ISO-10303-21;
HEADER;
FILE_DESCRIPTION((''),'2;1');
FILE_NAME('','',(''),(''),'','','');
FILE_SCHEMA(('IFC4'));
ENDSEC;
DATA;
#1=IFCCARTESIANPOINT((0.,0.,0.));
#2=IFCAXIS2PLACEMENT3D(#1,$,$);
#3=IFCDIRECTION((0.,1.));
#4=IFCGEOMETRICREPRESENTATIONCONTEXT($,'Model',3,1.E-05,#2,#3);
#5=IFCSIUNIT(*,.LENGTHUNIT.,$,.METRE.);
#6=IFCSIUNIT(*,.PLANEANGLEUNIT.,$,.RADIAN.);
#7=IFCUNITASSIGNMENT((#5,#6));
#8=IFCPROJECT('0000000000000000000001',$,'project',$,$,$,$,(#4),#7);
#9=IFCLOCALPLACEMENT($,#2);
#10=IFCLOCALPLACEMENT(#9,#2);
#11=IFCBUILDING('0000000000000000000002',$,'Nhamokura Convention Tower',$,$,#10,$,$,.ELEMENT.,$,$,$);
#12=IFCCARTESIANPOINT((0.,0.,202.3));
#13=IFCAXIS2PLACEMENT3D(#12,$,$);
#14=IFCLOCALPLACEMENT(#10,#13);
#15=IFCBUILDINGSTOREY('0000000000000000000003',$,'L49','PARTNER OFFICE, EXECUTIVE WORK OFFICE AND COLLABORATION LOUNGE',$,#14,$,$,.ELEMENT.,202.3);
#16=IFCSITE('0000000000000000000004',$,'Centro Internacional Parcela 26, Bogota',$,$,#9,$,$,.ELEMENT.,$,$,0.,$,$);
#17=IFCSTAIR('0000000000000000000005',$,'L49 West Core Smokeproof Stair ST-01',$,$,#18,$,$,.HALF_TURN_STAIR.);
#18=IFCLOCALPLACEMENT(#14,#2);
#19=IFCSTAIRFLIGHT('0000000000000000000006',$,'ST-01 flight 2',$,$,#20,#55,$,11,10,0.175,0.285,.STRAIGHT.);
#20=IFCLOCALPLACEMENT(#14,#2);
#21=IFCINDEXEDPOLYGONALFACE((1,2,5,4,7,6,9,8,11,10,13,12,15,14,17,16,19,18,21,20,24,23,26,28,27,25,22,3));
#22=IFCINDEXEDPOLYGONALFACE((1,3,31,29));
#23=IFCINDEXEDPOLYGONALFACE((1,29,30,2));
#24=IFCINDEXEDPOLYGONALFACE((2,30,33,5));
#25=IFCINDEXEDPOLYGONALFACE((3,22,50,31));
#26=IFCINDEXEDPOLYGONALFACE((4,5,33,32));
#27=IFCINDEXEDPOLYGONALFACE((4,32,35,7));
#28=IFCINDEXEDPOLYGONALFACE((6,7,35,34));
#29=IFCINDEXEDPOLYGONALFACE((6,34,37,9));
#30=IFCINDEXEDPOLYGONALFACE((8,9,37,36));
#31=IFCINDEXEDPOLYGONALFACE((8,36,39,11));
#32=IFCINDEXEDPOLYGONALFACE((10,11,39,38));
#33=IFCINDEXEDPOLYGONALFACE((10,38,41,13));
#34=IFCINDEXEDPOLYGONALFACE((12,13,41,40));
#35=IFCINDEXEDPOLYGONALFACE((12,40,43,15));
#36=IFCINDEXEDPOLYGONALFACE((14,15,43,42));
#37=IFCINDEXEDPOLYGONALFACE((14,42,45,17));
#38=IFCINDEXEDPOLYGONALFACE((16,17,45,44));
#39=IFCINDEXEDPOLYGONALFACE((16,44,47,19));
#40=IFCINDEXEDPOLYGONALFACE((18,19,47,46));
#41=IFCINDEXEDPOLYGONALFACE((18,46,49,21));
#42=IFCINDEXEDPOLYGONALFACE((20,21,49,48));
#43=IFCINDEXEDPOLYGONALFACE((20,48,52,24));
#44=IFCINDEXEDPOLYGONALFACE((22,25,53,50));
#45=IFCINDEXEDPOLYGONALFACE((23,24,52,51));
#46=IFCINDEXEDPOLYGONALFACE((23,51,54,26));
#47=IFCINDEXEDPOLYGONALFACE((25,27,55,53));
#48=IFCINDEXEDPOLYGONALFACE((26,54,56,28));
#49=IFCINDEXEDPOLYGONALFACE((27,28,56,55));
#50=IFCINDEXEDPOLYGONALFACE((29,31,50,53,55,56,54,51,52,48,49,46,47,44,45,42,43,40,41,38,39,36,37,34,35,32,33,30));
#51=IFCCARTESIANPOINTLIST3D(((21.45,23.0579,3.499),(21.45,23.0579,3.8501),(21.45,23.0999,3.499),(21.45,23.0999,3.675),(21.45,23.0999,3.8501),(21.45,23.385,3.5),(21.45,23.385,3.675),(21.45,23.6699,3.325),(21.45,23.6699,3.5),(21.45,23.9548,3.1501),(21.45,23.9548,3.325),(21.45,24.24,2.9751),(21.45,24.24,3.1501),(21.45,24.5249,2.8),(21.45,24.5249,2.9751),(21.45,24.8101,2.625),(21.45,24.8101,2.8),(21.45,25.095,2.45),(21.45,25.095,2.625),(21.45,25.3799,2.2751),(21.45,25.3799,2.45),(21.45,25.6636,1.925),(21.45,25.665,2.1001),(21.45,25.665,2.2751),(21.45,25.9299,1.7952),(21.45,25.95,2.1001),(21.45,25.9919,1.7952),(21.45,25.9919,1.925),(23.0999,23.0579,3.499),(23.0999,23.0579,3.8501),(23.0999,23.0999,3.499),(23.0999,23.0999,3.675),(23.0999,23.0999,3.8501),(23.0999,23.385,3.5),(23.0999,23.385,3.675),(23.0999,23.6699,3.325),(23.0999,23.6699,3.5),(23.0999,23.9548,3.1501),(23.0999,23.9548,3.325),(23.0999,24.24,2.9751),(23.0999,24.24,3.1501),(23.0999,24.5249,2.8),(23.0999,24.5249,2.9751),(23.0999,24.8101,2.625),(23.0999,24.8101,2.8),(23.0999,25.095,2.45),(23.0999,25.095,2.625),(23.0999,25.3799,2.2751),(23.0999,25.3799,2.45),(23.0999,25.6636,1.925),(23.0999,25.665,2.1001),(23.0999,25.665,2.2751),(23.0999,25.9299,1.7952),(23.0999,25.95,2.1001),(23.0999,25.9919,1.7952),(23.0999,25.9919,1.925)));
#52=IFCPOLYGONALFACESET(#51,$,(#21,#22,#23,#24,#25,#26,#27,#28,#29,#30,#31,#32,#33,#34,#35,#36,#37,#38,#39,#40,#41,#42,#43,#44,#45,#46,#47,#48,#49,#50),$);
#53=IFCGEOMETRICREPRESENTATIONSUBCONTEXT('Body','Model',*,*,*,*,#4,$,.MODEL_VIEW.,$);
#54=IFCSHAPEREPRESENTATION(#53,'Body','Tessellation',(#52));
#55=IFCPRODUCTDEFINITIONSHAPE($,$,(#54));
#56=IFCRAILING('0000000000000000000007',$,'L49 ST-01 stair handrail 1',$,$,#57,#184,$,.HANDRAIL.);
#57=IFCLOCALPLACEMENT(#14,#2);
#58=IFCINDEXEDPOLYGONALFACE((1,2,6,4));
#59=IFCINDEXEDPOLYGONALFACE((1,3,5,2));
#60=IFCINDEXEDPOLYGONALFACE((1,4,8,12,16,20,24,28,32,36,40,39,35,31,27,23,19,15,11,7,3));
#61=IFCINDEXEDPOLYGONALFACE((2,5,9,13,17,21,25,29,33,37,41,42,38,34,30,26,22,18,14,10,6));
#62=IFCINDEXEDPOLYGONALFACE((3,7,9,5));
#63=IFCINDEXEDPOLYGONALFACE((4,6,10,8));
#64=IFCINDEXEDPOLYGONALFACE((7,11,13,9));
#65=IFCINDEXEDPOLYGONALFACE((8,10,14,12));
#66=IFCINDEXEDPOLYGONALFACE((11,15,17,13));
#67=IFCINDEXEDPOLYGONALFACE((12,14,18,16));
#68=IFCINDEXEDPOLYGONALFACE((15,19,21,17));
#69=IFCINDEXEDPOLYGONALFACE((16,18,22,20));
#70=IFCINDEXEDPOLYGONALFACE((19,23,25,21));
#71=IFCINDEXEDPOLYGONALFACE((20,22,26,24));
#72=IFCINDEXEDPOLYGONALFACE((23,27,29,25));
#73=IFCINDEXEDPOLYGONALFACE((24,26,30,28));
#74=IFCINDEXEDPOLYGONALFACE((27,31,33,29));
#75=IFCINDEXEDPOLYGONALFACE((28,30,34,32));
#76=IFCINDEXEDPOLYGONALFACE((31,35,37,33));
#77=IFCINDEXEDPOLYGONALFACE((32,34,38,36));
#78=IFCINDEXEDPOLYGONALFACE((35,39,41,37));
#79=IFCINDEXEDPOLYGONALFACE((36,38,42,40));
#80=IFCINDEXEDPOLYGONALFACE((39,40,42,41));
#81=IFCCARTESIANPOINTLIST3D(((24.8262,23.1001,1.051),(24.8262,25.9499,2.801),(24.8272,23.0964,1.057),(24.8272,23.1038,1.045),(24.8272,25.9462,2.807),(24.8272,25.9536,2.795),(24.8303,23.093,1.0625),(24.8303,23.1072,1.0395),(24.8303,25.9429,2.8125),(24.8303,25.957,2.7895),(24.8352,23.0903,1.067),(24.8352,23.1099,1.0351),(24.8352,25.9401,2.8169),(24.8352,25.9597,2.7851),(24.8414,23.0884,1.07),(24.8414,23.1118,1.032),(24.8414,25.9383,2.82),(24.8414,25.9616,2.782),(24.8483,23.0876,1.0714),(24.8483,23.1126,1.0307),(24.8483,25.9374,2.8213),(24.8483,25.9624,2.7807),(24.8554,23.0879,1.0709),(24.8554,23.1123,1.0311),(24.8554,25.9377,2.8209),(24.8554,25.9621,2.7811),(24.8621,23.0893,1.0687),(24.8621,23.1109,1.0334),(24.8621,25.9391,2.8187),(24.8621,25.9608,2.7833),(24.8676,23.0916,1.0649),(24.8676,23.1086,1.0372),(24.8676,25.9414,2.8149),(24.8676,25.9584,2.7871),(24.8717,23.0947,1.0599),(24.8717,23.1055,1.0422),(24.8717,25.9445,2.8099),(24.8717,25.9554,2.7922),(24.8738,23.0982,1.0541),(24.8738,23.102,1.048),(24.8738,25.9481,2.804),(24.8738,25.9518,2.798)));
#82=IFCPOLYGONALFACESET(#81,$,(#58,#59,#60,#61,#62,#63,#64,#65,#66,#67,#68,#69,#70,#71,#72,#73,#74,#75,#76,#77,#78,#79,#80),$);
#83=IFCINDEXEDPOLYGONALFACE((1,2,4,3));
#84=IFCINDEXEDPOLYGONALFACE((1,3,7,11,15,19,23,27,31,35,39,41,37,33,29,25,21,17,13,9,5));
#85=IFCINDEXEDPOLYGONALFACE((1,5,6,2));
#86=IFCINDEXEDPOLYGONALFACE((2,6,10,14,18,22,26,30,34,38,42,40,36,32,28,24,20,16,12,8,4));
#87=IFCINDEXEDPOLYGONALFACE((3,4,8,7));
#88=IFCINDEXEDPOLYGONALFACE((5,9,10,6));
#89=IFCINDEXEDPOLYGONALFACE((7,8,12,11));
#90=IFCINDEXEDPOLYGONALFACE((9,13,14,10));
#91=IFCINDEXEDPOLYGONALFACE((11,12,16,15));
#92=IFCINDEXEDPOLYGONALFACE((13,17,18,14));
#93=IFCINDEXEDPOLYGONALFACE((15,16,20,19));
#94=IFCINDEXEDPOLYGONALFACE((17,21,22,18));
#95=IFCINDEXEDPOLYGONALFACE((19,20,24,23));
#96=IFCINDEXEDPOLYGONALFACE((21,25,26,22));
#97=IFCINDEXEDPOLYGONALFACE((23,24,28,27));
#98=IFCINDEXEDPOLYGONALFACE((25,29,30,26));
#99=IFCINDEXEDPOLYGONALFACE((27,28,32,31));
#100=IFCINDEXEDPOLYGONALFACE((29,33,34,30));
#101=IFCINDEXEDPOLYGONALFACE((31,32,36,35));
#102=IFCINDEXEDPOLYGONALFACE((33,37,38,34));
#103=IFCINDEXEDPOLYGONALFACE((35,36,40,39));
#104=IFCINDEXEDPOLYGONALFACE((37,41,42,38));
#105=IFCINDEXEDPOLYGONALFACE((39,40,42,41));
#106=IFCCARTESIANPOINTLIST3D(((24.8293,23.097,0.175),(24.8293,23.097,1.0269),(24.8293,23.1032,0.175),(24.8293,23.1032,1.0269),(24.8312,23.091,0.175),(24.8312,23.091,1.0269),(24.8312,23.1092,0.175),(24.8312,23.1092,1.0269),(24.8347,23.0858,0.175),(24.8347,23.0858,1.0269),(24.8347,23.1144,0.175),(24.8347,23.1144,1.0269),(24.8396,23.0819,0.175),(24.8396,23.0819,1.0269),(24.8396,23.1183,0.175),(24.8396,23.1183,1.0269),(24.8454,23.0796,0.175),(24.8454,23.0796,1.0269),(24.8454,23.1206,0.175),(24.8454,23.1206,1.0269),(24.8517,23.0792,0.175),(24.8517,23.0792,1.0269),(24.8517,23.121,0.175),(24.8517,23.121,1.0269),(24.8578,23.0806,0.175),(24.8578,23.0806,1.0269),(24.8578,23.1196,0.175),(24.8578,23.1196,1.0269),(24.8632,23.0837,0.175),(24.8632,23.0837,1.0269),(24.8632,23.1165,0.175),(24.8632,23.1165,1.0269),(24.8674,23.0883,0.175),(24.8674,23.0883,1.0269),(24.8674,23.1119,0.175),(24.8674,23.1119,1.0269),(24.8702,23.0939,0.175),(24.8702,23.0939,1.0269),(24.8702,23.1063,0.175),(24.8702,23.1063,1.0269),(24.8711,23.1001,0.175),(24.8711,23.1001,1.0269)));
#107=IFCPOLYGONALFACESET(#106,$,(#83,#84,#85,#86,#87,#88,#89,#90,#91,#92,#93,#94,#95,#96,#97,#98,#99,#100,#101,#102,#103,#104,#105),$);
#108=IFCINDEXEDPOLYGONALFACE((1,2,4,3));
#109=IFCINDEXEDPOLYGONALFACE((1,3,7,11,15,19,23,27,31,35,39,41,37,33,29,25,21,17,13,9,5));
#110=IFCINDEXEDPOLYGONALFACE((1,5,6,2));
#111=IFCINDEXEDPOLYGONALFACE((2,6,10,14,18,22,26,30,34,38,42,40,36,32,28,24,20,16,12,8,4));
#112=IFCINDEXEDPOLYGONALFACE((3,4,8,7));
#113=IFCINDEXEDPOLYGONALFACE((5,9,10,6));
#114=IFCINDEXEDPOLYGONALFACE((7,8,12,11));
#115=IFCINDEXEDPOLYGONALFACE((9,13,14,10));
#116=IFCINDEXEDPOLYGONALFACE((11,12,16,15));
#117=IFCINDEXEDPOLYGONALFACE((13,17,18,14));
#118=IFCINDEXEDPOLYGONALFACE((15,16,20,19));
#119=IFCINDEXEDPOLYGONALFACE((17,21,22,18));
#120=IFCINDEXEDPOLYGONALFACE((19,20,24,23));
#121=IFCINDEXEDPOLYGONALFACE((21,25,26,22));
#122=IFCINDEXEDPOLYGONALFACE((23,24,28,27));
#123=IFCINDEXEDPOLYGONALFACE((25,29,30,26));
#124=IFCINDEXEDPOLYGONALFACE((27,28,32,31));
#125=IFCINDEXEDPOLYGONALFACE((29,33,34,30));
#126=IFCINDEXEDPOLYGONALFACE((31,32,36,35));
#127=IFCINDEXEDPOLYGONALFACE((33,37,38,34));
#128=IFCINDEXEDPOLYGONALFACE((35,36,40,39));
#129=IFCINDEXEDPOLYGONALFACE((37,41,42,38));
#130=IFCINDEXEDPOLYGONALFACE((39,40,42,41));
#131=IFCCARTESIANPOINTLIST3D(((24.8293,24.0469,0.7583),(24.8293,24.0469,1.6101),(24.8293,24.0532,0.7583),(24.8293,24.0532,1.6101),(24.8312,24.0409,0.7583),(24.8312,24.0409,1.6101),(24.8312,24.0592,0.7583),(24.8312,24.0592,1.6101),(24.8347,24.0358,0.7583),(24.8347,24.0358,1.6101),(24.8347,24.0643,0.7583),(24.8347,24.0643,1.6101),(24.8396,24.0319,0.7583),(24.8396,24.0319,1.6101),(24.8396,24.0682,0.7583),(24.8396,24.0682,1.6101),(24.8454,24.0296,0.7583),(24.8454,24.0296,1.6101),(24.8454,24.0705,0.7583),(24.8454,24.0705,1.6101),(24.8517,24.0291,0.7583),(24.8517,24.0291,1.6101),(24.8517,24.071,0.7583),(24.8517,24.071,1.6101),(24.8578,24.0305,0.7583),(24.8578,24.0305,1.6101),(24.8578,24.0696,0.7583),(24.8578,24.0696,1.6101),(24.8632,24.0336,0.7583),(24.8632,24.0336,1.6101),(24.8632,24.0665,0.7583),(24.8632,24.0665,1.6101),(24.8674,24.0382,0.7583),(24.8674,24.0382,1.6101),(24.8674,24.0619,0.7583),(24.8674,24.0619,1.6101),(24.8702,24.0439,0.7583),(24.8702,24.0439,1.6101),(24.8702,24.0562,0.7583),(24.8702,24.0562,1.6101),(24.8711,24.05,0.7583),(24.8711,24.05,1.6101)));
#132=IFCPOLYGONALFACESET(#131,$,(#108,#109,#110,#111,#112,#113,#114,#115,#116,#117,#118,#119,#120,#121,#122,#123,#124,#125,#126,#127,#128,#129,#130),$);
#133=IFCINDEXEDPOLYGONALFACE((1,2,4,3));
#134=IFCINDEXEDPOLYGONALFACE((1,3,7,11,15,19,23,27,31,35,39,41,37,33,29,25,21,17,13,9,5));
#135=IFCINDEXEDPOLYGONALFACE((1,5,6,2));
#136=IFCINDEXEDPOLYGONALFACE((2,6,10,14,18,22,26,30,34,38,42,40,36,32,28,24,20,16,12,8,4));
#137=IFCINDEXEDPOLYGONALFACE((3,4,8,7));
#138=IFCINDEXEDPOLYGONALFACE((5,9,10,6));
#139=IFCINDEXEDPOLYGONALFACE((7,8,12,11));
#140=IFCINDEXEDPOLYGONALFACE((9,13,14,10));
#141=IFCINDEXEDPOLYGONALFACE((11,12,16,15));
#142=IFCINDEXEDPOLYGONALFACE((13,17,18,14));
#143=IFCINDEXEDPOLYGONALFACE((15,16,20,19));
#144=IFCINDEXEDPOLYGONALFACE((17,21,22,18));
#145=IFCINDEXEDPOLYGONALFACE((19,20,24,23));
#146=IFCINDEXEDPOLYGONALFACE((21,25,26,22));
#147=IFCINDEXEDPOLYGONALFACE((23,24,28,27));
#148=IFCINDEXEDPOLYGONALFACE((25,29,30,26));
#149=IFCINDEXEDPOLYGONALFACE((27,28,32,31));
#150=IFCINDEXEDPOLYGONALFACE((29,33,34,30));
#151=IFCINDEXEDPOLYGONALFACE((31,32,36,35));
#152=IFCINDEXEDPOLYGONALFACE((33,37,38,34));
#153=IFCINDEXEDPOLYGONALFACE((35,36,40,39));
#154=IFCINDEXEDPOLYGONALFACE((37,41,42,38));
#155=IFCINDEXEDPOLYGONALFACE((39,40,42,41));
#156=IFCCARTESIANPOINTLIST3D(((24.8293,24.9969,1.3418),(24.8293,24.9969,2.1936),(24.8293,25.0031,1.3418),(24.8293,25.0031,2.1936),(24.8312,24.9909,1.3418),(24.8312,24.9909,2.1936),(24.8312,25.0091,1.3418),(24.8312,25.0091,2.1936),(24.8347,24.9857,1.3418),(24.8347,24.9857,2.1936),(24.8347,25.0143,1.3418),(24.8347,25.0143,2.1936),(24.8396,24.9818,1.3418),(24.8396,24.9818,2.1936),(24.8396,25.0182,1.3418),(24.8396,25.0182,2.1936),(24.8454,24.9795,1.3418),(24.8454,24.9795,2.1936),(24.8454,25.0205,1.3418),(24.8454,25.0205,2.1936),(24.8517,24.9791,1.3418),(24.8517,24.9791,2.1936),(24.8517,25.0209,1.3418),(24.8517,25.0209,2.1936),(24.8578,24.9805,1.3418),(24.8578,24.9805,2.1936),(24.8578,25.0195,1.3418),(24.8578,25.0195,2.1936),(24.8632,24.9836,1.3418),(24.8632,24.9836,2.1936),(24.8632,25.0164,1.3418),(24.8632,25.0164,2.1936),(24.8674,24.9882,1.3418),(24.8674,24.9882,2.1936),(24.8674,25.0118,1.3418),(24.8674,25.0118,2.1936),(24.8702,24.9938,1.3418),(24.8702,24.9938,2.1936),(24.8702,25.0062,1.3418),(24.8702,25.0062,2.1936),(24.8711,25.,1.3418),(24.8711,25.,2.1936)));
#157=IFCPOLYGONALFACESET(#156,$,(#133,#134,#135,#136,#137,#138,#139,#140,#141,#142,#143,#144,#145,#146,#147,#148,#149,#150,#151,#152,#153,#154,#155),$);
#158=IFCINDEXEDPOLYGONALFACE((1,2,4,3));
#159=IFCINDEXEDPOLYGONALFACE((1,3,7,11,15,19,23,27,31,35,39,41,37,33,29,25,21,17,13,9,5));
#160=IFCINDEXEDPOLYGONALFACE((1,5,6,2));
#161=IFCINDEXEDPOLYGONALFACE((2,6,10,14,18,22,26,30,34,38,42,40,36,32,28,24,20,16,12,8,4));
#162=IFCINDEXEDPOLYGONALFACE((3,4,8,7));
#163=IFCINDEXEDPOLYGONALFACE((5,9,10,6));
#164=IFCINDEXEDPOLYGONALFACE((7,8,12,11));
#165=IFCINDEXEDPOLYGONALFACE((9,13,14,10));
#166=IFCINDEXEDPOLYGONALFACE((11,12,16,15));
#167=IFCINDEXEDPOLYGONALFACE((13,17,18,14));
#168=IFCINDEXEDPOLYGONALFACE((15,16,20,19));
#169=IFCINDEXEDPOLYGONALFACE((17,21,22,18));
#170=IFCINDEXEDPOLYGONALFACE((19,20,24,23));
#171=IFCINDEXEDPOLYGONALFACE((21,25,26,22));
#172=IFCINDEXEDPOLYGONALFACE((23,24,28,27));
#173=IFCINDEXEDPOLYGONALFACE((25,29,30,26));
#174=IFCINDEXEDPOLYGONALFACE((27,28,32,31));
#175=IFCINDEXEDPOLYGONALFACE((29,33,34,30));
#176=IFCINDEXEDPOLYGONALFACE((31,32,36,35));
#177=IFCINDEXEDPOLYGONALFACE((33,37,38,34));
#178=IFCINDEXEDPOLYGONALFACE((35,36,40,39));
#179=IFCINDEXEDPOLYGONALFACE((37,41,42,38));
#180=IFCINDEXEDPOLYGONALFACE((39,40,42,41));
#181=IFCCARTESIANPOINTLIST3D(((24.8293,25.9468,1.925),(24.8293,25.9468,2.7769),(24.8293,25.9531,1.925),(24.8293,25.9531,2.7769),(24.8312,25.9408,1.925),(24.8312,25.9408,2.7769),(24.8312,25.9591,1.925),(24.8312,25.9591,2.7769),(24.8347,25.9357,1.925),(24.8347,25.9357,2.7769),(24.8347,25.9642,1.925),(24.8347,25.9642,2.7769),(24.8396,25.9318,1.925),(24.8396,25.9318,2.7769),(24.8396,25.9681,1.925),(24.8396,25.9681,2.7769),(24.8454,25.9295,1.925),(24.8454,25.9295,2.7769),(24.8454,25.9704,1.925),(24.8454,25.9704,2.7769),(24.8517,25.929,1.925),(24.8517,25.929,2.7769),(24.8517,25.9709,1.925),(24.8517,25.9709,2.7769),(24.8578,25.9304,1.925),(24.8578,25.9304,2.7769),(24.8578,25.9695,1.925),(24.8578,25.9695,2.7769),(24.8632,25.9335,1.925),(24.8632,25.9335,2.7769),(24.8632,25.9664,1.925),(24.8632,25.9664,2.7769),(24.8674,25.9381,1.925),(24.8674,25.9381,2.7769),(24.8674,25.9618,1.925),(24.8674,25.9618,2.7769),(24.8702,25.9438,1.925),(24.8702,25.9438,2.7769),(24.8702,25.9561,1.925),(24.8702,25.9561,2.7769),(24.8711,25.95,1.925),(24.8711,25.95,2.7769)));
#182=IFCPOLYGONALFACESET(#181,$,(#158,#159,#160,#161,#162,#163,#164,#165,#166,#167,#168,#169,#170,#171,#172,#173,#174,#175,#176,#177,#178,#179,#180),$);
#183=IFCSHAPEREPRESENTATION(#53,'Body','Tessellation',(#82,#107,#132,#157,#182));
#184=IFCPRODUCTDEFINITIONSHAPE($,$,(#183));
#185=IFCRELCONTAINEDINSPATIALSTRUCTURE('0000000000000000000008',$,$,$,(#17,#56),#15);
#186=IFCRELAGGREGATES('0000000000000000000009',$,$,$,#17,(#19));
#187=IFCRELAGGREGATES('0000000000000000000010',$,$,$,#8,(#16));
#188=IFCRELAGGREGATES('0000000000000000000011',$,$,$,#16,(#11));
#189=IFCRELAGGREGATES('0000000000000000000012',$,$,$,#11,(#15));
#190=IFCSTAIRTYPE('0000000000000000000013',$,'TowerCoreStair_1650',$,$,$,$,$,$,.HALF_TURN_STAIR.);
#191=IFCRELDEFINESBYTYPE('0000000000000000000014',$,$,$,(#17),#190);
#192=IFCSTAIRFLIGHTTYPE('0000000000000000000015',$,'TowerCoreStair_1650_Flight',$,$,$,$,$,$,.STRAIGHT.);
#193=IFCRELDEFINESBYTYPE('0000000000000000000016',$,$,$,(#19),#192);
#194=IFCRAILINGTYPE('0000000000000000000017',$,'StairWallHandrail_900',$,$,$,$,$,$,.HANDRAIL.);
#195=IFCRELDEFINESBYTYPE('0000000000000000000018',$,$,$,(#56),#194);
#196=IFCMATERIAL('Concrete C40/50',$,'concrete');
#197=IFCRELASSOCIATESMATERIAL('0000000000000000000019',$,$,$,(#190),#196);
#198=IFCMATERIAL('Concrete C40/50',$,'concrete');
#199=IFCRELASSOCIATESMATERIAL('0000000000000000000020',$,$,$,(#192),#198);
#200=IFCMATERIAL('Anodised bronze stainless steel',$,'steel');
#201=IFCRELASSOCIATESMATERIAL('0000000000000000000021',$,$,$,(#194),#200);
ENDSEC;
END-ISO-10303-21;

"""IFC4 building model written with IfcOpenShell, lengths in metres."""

from ifc_helpers import new_model, si_unit, direction, frame, origin, origin_2d, place, context, subcontext, project, spatial, polyline, circle, outline, extrude, material, type_object, element, aggregate, save


model = new_model("IFC4")

# Units and contexts
model_context = context("Model", 3, precision=1e-05, world=origin(), true_north=direction((0.0, 1.0)))
body_context = subcontext(model_context, "Body", "Model", "MODEL_VIEW")
ifc_project = project(units=[si_unit("LENGTHUNIT", "METRE"), si_unit("PLANEANGLEUNIT", "RADIAN")], contexts=[model_context])

# Site, building, storey
site_placement = place(None, origin())
site = spatial("IfcSite", under=ifc_project, at=site_placement, Name="Centro Internacional Parcela 26, Bogota", CompositionType="ELEMENT", RefElevation=0.0)
building_placement = place(site_placement, origin())
building = spatial("IfcBuilding", under=site, at=building_placement, Name="Nhamokura Convention Tower", CompositionType="ELEMENT")
storey_placement = place(building_placement, frame((0.0, 0.0, 202.3)))
storey = spatial("IfcBuildingStorey", under=building, at=storey_placement, Name="L49", Description="PARTNER OFFICE, EXECUTIVE WORK OFFICE AND COLLABORATION LOUNGE", CompositionType="ELEMENT", Elevation=202.3)

# Stair, stair flight
ifc_material_1 = material(Name="Concrete C40/50", Category="concrete")
stair_type = type_object("IfcStairType", Name="TowerCoreStair_1650", PredefinedType="HALF_TURN_STAIR", material=ifc_material_1)
stair_placement = place(storey_placement, origin())
stair = element("IfcStair", 1, at=stair_placement, inside=storey, type_object=stair_type, Name="L49 West Core Smokeproof Stair ST-01", PredefinedType="HALF_TURN_STAIR")
ifc_material_2 = material(Name="Concrete C40/50", Category="concrete")
stair_flight_type = type_object("IfcStairFlightType", Name="TowerCoreStair_1650_Flight", PredefinedType="STRAIGHT", material=ifc_material_2)
stair_flight_1_placement = place(storey_placement, frame((22.2749, 25.95, 1.925), z_axis=(0.0, 0.0, 1.0), x_axis=(0.0, -1.0, 0.0)))
stair_flight_1 = element("IfcStairFlight", 2, at=stair_flight_1_placement, type_object=stair_flight_type, Name="ST-01 flight 2", NumberOfRisers=11, NumberOfTreads=10, PredefinedType="STRAIGHT", RiserHeight=0.175, TreadLength=0.285, context=body_context, shape_type="SweptSolid", body=[
    extrude(outline(polyline([(-0.042, 0.0), (0.0, 0.175), (0.2849, 0.175), (0.2849, 0.3501), (0.5701, 0.3501), (0.5701, 0.5249), (0.855, 0.5249), (0.855, 0.7), (1.1399, 0.7), (1.1399, 0.875), (1.425, 0.875), (1.425, 1.05), (1.71, 1.05), (1.71, 1.2251), (1.9951, 1.2251), (1.9951, 1.3999), (2.28, 1.3999), (2.28, 1.575), (2.5649, 1.575), (2.5649, 1.75), (2.8501, 1.75), (2.8501, 1.925), (2.8921, 1.925), (2.8921, 1.574), (2.8501, 1.574), (0.2864, 0.0), (0.02, -0.1299), (-0.042, -0.1299), (-0.042, 0.0)])), frame((0.0, 0.825, 0.0), z_axis=(0.0, -1.0, 0.0), x_axis=(1.0, 0.0, 0.0)), (0.0, 0.0, 1.0), 1.6499),
])
aggregate(stair, [stair_flight_1])

# Railing
ifc_material_3 = material(Name="Anodised bronze stainless steel", Category="steel")
railing_type_1 = type_object("IfcRailingType", Name="StairWallHandrail_900", PredefinedType="HANDRAIL", material=ifc_material_3)
railing_1_placement = place(storey_placement, frame((24.8501, 23.1001, 0.175)))
element("IfcRailing", 3, at=railing_1_placement, inside=storey, type_object=railing_type_1, Name="L49 ST-01 stair handrail 1", PredefinedType="HANDRAIL", context=body_context, shape_type="SweptSolid", body=[
    extrude(circle(Radius=0.0239, at=origin_2d()), frame((0.0, 0.0, 0.876), z_axis=(0.0, 0.852159, 0.523283), x_axis=(-1.0, 0.0, 0.0)), (0.0, 0.0, 1.0), 3.3442),
    extrude(circle(Radius=0.021, at=origin_2d()), origin(), (0.0, 0.0, 1.0), 0.8518),
    extrude(circle(Radius=0.021, at=origin_2d()), frame((0.0, 0.95, 0.5833)), (0.0, 0.0, 1.0), 0.8518),
    extrude(circle(Radius=0.021, at=origin_2d()), frame((0.0, 1.8999, 1.1667)), (0.0, 0.0, 1.0), 0.8518),
    extrude(circle(Radius=0.021, at=origin_2d()), frame((0.0, 2.8499, 1.75)), (0.0, 0.0, 1.0), 0.8518),
])

save(model, "model.ifc")
